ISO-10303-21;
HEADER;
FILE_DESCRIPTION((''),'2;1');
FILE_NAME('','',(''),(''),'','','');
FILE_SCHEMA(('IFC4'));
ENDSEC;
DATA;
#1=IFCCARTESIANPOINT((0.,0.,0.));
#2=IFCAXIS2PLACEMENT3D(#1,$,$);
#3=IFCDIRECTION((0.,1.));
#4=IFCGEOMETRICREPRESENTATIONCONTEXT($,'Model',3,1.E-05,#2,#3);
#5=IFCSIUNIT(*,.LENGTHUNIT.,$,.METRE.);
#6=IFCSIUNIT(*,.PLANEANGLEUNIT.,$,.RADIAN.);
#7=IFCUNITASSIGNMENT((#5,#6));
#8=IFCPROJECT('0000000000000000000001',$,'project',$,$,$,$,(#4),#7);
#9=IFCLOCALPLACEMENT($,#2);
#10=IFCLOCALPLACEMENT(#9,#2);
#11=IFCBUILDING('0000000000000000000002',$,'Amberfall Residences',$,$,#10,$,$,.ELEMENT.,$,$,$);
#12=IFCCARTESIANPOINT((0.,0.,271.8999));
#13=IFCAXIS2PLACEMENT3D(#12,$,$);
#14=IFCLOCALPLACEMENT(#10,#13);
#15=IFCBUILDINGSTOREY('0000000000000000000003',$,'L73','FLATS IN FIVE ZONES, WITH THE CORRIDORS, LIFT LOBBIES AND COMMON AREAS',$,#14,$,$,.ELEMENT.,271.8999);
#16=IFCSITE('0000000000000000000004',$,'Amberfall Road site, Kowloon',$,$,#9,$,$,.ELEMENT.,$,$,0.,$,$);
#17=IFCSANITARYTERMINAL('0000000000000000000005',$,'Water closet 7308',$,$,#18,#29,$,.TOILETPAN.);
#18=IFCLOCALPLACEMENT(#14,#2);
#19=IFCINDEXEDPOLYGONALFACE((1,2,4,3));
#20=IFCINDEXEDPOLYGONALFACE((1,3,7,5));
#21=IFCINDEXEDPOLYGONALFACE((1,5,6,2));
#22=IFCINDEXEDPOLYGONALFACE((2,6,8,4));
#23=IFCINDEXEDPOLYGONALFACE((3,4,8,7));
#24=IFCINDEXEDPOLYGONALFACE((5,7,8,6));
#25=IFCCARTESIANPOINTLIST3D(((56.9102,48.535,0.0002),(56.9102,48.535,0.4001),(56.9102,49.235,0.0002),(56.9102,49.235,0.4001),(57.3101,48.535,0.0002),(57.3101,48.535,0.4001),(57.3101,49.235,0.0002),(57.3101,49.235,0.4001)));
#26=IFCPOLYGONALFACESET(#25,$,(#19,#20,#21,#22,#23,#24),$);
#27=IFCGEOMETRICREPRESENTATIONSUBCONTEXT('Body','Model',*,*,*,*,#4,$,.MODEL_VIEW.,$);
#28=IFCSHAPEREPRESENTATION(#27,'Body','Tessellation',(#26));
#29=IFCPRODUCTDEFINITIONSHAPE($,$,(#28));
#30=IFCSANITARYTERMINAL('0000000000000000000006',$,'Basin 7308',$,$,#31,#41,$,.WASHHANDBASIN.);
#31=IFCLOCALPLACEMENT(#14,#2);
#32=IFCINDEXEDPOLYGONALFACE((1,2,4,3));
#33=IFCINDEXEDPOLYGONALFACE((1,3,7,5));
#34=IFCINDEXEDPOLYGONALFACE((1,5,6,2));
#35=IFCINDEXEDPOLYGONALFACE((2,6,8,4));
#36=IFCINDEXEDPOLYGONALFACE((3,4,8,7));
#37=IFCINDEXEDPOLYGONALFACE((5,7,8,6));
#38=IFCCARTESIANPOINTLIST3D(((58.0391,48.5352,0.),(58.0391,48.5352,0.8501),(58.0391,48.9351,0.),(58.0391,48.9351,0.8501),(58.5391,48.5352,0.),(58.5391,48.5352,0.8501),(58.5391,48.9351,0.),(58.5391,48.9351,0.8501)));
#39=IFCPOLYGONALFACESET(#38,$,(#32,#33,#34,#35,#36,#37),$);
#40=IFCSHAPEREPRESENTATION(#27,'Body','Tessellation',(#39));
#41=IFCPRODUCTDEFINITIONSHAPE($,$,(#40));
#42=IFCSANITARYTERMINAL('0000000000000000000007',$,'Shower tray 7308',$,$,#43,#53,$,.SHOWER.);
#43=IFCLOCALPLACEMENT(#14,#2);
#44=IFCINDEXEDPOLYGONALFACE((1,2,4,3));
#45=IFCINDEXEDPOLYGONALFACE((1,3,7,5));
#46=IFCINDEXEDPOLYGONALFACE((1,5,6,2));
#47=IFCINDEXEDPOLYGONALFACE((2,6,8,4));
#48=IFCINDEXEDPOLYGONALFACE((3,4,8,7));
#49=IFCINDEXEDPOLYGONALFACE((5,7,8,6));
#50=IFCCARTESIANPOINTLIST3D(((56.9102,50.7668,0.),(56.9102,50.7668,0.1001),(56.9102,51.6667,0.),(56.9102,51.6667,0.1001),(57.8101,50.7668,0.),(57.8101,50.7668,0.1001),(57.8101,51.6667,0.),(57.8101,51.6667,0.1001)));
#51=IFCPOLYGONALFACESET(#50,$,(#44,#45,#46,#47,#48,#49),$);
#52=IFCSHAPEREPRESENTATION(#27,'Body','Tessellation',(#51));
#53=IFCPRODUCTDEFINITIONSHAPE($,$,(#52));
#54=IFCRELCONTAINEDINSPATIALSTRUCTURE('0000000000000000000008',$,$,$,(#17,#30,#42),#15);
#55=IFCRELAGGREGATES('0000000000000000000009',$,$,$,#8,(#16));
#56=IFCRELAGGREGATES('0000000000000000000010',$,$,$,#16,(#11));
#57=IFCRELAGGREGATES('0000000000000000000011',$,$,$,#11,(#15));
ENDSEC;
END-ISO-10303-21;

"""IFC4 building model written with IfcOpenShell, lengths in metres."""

from ifc_helpers import new_model, si_unit, direction, frame, origin, origin_2d, place, context, subcontext, project, spatial, rectangle, extrude, element, save


model = new_model("IFC4")

# Units and contexts
model_context = context("Model", 3, precision=1e-05, world=origin(), true_north=direction((0.0, 1.0)))
body_context = subcontext(model_context, "Body", "Model", "MODEL_VIEW")
ifc_project = project(units=[si_unit("LENGTHUNIT", "METRE"), si_unit("PLANEANGLEUNIT", "RADIAN")], contexts=[model_context])

# Site, building, storey
site_placement = place(None, origin())
site = spatial("IfcSite", under=ifc_project, at=site_placement, Name="Amberfall Road site, Kowloon", CompositionType="ELEMENT", RefElevation=0.0)
building_placement = place(site_placement, origin())
building = spatial("IfcBuilding", under=site, at=building_placement, Name="Amberfall Residences", CompositionType="ELEMENT")
storey_placement = place(building_placement, frame((0.0, 0.0, 271.8999)))
storey = spatial("IfcBuildingStorey", under=building, at=storey_placement, Name="L73", Description="FLATS IN FIVE ZONES, WITH THE CORRIDORS, LIFT LOBBIES AND COMMON AREAS", CompositionType="ELEMENT", Elevation=271.8999)

# Sanitary terminals
sanitary_terminal_1_placement = place(storey_placement, frame((57.1101, 48.885, 0.0002), z_axis=(0.0, 0.0, 1.0), x_axis=(1.0, 0.0, 0.0)))
element("IfcSanitaryTerminal", 1, at=sanitary_terminal_1_placement, inside=storey, Name="Water closet 7308", PredefinedType="TOILETPAN", context=body_context, shape_type="SweptSolid", body=[
    extrude(rectangle(XDim=0.3999, YDim=0.7, at=origin_2d()), origin(), (0.0, 0.0, 1.0), 0.3999),
])
sanitary_terminal_2_placement = place(storey_placement, frame((58.2891, 48.7351, 0.0), z_axis=(0.0, 0.0, 1.0), x_axis=(1.0, 0.0, 0.0)))
element("IfcSanitaryTerminal", 2, at=sanitary_terminal_2_placement, inside=storey, Name="Basin 7308", PredefinedType="WASHHANDBASIN", context=body_context, shape_type="SweptSolid", body=[
    extrude(rectangle(XDim=0.5, YDim=0.3999, at=origin_2d()), origin(), (0.0, 0.0, 1.0), 0.8501),
])
sanitary_terminal_3_placement = place(storey_placement, frame((57.3601, 51.2168, 0.0), z_axis=(0.0, 0.0, 1.0), x_axis=(1.0, 0.0, 0.0)))
element("IfcSanitaryTerminal", 3, at=sanitary_terminal_3_placement, inside=storey, Name="Shower tray 7308", PredefinedType="SHOWER", context=body_context, shape_type="SweptSolid", body=[
    extrude(rectangle(XDim=0.8999, YDim=0.8999, at=origin_2d()), origin(), (0.0, 0.0, 1.0), 0.1001),
])

save(model, "model.ifc")
